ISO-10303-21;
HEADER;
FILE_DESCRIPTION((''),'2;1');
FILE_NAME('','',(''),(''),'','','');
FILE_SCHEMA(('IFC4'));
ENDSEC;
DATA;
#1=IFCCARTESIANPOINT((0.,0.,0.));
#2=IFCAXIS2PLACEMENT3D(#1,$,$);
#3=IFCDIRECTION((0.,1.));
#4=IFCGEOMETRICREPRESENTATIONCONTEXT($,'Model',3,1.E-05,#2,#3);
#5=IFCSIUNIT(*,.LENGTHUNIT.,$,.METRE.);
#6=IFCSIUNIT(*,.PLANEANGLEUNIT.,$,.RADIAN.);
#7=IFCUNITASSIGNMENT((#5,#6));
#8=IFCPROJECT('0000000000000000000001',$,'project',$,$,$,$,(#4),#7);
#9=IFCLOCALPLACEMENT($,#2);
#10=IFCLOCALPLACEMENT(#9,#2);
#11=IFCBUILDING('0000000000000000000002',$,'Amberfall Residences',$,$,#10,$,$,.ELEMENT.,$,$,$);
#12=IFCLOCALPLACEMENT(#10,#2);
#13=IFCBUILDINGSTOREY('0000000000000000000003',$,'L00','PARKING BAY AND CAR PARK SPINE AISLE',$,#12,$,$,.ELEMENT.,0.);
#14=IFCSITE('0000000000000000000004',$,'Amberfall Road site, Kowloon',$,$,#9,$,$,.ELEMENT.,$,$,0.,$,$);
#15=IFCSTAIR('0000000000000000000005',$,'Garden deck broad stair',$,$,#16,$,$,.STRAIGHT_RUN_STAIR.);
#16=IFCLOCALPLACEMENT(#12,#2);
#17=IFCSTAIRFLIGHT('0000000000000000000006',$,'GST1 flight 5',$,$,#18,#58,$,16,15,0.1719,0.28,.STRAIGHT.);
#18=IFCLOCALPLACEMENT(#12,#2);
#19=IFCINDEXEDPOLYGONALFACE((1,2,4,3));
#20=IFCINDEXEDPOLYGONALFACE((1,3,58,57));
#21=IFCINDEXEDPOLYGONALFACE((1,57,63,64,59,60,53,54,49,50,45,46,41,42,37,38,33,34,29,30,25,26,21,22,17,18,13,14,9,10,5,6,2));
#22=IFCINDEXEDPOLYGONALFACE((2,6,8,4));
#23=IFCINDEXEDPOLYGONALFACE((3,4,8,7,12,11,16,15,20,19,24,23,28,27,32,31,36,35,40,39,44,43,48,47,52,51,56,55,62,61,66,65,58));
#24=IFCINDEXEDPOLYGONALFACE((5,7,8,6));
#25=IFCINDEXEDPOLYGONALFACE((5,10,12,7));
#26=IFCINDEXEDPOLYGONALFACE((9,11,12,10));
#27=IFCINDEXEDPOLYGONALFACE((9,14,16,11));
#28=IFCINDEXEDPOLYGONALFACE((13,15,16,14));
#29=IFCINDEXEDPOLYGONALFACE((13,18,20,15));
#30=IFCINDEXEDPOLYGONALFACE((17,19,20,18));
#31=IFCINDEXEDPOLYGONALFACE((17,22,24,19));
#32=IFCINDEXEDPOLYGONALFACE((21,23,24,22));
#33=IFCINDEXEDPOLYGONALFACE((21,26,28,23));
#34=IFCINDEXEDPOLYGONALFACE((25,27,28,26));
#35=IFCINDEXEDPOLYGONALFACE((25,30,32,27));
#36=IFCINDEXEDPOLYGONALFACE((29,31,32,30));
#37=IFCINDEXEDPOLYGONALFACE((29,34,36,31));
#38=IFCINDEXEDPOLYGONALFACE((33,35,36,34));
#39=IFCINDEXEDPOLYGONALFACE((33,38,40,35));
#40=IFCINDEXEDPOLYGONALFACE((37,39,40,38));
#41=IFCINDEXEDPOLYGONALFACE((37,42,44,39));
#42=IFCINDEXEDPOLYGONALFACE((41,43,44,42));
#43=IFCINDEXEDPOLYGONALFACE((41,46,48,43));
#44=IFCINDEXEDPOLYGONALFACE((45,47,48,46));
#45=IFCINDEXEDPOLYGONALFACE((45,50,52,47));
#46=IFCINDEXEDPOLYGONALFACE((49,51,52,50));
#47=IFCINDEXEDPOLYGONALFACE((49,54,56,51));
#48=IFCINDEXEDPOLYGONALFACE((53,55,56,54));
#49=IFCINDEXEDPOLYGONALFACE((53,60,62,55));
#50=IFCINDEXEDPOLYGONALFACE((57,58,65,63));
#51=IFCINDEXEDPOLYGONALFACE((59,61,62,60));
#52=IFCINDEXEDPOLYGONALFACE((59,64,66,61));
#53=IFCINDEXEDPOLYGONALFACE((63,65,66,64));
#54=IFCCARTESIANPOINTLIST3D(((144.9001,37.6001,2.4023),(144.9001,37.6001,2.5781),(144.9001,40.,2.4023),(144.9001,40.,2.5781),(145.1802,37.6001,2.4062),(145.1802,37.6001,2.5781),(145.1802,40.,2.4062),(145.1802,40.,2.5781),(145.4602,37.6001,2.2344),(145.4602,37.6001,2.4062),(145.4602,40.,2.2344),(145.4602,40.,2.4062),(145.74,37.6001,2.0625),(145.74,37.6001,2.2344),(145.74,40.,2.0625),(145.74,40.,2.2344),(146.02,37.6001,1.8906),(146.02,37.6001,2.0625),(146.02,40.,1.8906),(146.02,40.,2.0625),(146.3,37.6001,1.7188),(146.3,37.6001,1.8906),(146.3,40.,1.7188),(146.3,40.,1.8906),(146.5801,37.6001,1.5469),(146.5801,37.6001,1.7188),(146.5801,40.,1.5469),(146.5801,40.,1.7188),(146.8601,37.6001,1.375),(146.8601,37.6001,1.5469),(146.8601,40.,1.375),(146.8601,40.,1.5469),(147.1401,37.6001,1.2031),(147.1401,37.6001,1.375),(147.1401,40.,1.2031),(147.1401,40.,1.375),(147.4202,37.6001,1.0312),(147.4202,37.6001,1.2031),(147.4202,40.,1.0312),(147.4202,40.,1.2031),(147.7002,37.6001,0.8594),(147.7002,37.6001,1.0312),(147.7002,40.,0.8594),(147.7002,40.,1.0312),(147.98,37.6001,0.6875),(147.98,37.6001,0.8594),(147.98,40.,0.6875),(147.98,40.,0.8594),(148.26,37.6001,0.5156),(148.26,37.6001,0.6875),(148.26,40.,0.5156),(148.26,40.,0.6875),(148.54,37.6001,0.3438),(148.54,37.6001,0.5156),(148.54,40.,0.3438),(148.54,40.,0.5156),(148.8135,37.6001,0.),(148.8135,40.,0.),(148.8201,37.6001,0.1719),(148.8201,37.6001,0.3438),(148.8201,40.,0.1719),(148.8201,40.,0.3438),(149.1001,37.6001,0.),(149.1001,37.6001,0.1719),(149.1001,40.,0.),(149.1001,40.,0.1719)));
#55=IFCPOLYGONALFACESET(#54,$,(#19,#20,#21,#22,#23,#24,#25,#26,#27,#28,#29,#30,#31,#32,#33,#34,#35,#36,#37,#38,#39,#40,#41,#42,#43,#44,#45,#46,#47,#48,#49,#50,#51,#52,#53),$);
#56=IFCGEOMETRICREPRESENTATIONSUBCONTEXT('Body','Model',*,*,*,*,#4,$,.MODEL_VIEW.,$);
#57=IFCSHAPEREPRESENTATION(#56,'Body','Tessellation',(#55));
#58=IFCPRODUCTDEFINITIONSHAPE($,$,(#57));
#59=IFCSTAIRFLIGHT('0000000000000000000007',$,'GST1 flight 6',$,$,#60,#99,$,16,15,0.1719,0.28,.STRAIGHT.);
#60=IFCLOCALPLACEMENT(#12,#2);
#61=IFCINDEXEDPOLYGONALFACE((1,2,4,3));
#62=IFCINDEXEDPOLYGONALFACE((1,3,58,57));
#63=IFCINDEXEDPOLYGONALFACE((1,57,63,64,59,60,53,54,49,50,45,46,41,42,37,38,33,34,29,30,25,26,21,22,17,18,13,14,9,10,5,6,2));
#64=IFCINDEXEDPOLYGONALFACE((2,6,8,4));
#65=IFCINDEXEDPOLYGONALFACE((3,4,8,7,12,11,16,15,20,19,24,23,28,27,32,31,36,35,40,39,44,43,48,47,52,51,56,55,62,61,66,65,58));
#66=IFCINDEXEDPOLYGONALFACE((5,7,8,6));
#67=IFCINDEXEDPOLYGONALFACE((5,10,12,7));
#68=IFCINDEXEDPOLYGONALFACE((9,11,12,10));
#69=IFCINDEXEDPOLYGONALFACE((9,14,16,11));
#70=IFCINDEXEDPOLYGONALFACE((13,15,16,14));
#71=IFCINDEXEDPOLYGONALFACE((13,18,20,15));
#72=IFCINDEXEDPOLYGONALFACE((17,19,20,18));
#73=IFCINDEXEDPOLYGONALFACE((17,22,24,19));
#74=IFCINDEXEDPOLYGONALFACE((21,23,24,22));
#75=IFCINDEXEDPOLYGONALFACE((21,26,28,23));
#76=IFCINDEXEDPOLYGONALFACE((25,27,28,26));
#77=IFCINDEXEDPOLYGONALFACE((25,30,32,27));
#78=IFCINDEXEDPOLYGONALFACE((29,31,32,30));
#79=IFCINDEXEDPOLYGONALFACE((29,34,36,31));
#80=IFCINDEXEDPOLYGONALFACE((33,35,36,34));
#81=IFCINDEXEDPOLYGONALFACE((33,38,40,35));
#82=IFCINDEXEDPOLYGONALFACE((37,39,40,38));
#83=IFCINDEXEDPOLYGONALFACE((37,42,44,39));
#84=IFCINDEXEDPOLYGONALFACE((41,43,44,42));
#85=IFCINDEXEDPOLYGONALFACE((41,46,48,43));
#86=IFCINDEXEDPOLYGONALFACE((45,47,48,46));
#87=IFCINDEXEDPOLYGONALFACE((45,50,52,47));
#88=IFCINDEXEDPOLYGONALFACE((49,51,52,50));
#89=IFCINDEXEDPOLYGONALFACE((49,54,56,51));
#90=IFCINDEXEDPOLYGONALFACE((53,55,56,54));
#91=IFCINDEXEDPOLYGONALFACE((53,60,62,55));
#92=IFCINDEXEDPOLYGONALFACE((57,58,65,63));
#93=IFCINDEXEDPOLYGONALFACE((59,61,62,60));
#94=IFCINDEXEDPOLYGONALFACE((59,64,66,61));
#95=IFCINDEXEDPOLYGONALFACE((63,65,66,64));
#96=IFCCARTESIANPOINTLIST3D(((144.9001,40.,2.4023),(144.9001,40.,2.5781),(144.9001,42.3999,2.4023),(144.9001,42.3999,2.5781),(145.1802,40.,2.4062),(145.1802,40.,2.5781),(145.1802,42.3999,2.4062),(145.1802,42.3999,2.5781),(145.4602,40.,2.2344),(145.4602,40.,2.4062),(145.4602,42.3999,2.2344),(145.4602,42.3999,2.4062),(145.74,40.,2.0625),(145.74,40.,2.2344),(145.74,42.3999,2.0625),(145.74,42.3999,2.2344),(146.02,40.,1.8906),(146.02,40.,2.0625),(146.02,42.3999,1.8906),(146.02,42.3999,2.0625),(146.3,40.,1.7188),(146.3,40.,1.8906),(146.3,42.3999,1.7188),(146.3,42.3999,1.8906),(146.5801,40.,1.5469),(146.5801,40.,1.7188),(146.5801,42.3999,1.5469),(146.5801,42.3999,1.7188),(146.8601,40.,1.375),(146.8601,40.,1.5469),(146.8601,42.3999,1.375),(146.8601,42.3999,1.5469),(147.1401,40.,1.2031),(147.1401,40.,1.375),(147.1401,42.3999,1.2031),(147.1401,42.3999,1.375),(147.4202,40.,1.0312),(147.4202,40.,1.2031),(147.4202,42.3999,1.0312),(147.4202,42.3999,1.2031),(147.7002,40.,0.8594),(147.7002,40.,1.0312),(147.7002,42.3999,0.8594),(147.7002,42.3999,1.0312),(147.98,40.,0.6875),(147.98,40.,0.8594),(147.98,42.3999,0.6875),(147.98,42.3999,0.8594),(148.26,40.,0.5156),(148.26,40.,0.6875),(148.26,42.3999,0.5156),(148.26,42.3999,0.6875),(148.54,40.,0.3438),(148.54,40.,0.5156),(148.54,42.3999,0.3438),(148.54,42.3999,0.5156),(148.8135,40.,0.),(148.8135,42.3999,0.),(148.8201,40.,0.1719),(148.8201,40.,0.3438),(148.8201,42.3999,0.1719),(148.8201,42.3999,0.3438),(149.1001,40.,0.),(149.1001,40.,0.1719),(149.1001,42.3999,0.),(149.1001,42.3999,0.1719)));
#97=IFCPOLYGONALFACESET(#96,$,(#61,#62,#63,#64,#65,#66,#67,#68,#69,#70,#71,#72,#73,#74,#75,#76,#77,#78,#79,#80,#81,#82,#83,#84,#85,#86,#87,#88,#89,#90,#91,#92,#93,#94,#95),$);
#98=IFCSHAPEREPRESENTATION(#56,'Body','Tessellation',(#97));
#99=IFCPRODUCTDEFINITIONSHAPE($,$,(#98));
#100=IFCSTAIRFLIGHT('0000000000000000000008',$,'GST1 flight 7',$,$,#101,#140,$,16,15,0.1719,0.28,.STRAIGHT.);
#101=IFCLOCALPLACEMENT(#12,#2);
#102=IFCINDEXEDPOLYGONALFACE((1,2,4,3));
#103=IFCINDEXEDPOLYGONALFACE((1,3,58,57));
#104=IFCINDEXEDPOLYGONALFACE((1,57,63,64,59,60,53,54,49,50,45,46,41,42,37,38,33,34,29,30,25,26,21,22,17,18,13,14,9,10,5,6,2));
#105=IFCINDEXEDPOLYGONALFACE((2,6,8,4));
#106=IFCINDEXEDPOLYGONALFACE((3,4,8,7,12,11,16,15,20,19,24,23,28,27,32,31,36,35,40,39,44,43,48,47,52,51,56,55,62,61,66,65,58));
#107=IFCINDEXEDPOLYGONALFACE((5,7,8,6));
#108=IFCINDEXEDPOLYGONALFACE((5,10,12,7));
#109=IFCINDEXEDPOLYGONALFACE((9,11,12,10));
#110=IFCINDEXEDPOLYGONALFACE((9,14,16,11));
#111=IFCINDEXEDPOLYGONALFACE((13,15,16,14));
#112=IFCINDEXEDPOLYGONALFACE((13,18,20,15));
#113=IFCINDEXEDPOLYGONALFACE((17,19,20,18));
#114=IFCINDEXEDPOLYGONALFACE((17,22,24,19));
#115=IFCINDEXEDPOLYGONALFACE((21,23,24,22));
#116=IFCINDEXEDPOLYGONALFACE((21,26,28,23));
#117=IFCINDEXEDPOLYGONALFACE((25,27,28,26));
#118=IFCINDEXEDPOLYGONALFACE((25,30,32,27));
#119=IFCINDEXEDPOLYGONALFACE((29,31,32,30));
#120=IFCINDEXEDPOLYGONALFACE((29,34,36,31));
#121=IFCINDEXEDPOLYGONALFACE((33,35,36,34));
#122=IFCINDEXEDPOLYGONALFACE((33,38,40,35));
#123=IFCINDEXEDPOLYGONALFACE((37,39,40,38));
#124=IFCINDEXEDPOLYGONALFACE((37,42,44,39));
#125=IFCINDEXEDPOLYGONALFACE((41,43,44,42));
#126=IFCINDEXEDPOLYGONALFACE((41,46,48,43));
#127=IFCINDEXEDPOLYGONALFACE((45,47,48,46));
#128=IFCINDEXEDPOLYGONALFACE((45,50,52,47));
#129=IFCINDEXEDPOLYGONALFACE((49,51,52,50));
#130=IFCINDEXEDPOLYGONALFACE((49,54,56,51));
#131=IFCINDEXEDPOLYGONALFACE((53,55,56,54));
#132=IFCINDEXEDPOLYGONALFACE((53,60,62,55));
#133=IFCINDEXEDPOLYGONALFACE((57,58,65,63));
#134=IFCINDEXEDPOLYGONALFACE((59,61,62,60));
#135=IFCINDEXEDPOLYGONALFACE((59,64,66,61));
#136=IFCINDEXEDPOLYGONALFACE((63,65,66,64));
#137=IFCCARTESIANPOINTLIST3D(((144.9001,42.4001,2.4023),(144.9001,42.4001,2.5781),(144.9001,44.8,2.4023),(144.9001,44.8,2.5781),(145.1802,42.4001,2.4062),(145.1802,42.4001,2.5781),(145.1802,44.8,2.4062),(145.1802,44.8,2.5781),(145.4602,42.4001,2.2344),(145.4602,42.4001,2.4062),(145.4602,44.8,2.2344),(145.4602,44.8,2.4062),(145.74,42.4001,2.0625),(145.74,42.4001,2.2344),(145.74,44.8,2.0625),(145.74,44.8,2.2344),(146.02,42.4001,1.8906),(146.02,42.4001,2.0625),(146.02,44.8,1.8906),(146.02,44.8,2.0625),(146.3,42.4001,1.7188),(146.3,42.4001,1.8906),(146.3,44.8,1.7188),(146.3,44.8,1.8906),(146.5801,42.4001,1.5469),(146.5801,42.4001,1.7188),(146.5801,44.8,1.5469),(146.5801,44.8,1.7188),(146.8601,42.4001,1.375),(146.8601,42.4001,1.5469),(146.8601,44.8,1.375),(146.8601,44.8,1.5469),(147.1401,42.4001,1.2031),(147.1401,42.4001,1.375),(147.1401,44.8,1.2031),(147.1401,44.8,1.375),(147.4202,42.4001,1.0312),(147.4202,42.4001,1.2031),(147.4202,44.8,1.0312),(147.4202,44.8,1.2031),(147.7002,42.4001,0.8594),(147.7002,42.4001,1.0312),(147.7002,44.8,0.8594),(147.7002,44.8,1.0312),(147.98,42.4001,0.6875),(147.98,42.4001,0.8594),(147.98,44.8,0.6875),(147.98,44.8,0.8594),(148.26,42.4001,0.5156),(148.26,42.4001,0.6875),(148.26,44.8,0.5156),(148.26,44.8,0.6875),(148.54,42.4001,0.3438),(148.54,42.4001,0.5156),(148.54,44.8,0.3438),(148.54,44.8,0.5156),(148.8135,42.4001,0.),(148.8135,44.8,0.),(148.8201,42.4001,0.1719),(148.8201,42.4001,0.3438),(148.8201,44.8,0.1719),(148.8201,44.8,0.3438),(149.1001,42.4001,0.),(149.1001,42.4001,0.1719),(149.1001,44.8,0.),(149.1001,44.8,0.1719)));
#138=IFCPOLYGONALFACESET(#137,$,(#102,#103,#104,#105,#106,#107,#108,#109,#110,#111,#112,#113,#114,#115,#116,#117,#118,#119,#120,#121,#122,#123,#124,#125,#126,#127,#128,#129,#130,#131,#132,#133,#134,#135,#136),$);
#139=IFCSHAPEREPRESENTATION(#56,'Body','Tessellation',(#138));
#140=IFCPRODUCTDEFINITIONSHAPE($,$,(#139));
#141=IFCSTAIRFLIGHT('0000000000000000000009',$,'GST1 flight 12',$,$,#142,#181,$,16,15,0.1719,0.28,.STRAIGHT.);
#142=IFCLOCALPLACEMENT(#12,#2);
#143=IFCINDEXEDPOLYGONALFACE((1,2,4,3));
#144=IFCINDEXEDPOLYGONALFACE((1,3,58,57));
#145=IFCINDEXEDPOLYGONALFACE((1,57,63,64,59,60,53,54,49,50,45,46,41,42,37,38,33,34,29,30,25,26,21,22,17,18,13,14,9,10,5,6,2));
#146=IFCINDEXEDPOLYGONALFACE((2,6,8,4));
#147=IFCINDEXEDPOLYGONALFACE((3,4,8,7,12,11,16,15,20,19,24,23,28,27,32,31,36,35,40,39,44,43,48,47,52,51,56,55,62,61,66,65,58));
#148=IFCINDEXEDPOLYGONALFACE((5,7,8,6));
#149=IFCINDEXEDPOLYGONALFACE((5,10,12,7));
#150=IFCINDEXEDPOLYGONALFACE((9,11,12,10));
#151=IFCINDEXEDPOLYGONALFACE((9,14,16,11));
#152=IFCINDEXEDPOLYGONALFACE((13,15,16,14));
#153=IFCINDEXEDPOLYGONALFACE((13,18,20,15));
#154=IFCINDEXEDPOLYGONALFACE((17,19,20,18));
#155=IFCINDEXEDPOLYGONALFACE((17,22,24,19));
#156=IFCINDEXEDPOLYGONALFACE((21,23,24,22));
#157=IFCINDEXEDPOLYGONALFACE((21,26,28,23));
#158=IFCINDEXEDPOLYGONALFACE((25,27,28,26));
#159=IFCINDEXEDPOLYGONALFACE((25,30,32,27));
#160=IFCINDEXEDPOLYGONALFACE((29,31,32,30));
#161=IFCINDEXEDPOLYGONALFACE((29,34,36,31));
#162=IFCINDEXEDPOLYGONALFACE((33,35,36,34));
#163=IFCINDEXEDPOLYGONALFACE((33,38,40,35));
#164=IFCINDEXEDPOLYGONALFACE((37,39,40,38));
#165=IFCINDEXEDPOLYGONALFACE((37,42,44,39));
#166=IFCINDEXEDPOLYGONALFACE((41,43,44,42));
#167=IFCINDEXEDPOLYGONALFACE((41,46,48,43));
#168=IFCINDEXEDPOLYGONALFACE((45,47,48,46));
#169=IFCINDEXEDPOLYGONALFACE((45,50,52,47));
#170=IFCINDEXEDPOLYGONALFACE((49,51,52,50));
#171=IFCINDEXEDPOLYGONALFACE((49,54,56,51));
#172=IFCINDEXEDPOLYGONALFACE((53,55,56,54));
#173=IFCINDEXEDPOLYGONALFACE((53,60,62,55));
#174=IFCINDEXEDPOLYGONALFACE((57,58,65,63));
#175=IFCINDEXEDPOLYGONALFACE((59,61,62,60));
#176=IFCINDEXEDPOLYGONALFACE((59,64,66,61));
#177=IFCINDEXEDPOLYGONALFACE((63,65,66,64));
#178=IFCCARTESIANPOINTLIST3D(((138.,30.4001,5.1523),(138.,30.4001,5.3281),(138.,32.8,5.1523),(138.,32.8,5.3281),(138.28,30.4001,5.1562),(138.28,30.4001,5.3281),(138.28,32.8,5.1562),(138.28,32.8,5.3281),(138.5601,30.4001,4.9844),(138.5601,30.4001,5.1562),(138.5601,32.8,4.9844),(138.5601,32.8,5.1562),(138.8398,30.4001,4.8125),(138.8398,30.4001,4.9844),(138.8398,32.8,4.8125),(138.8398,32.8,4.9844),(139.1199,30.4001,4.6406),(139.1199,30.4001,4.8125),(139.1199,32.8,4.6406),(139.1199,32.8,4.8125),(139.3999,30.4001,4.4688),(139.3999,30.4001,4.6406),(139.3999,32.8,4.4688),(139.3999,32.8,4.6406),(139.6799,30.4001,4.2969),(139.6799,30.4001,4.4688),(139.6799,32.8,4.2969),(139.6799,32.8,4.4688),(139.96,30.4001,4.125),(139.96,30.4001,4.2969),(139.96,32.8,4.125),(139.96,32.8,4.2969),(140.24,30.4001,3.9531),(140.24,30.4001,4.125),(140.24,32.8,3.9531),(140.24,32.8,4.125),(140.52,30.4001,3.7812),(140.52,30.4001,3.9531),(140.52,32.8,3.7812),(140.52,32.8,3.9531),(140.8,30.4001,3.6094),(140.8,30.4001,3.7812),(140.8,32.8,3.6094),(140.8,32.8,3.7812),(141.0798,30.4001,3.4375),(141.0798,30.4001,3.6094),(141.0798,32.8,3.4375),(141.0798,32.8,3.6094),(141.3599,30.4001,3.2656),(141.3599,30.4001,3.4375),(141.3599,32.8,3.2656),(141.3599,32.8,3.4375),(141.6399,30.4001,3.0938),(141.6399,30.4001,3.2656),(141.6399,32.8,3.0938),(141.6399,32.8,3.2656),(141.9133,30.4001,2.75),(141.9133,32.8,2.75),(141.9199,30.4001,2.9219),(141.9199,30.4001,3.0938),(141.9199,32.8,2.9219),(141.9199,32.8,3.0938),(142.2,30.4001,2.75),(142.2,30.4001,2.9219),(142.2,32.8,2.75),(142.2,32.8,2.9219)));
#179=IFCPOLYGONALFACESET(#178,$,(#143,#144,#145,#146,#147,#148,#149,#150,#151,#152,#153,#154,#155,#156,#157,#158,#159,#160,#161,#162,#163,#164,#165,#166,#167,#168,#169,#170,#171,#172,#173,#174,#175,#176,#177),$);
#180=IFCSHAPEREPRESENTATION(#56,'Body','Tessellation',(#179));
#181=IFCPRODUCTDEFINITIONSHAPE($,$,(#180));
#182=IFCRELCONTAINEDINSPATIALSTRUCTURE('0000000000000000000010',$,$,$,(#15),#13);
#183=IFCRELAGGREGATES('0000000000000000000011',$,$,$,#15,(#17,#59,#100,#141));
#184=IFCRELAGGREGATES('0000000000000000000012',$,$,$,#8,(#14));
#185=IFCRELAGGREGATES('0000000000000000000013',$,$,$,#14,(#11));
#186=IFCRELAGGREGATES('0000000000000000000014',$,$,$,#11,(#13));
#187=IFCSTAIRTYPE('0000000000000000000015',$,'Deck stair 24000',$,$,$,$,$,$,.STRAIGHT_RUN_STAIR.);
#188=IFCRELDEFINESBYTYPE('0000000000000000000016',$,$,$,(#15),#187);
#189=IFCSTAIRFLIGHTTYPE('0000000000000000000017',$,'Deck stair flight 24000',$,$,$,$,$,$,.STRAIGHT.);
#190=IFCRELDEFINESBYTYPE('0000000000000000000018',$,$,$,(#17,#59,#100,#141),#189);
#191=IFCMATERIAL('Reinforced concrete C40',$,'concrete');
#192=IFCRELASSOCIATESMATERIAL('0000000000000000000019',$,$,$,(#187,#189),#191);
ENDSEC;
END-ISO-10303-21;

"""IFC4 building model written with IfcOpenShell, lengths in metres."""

from ifc_helpers import new_model, si_unit, direction, frame, origin, place, context, subcontext, project, spatial, polyline, outline, extrude, material, type_object, element, aggregate, save


model = new_model("IFC4")

# Units and contexts
model_context = context("Model", 3, precision=1e-05, world=origin(), true_north=direction((0.0, 1.0)))
body_context = subcontext(model_context, "Body", "Model", "MODEL_VIEW")
ifc_project = project(units=[si_unit("LENGTHUNIT", "METRE"), si_unit("PLANEANGLEUNIT", "RADIAN")], contexts=[model_context])

# Site, building, storey
site_placement = place(None, origin())
site = spatial("IfcSite", under=ifc_project, at=site_placement, Name="Amberfall Road site, Kowloon", CompositionType="ELEMENT", RefElevation=0.0)
building_placement = place(site_placement, origin())
building = spatial("IfcBuilding", under=site, at=building_placement, Name="Amberfall Residences", CompositionType="ELEMENT")
storey_placement = place(building_placement, origin())
storey = spatial("IfcBuildingStorey", under=building, at=storey_placement, Name="L00", Description="PARKING BAY AND CAR PARK SPINE AISLE", CompositionType="ELEMENT", Elevation=0.0)

# Shared definitions
ifc_material_1 = material(Name="Reinforced concrete C40", Category="concrete")

# Stair, stair flights
stair_type = type_object("IfcStairType", Name="Deck stair 24000", PredefinedType="STRAIGHT_RUN_STAIR", material=ifc_material_1)
stair_placement = place(storey_placement, origin())
stair = element("IfcStair", 1, at=stair_placement, inside=storey, type_object=stair_type, Name="Garden deck broad stair", PredefinedType="STRAIGHT_RUN_STAIR")
stair_flight_type = type_object("IfcStairFlightType", Name="Deck stair flight 24000", PredefinedType="STRAIGHT", material=ifc_material_1)
stair_flight_1_placement = place(storey_placement, frame((149.1001, 38.8, 0.0), z_axis=(0.0, 0.0, 1.0), x_axis=(-1.0, 0.0, 0.0)))
stair_flight_1 = element("IfcStairFlight", 2, at=stair_flight_1_placement, type_object=stair_flight_type, Name="GST1 flight 5", NumberOfRisers=16, NumberOfTreads=15, PredefinedType="STRAIGHT", RiserHeight=0.1719, TreadLength=0.28, context=body_context, shape_type="SweptSolid", body=[
    extrude(outline(polyline([(0.0, 0.0), (0.0, 0.1719), (0.28, 0.1719), (0.28, 0.3438), (0.5601, 0.3438), (0.5601, 0.5156), (0.8401, 0.5156), (0.8401, 0.6875), (1.1201, 0.6875), (1.1201, 0.8594), (1.3999, 0.8594), (1.3999, 1.0312), (1.6799, 1.0312), (1.6799, 1.2031), (1.96, 1.2031), (1.96, 1.375), (2.24, 1.375), (2.24, 1.5469), (2.52, 1.5469), (2.52, 1.7188), (2.8, 1.7188), (2.8, 1.8906), (3.0801, 1.8906), (3.0801, 2.0625), (3.3601, 2.0625), (3.3601, 2.2344), (3.6399, 2.2344), (3.6399, 2.4062), (3.9199, 2.4062), (3.9199, 2.5781), (4.2, 2.5781), (4.2, 2.75), (4.2, 2.4023), (0.2866, 0.0), (0.0, 0.0)])), frame((0.0, 1.2, 0.0), z_axis=(0.0, -1.0, 0.0), x_axis=(1.0, 0.0, 0.0)), (0.0, 0.0, 1.0), 2.3999),
])
stair_flight_2_placement = place(storey_placement, frame((149.1001, 41.2, 0.0), z_axis=(0.0, 0.0, 1.0), x_axis=(-1.0, 0.0, 0.0)))
stair_flight_2 = element("IfcStairFlight", 3, at=stair_flight_2_placement, type_object=stair_flight_type, Name="GST1 flight 6", NumberOfRisers=16, NumberOfTreads=15, PredefinedType="STRAIGHT", RiserHeight=0.1719, TreadLength=0.28, context=body_context, shape_type="SweptSolid", body=[
    extrude(outline(polyline([(0.0, 0.0), (0.0, 0.1719), (0.28, 0.1719), (0.28, 0.3438), (0.5601, 0.3438), (0.5601, 0.5156), (0.8401, 0.5156), (0.8401, 0.6875), (1.1201, 0.6875), (1.1201, 0.8594), (1.3999, 0.8594), (1.3999, 1.0312), (1.6799, 1.0312), (1.6799, 1.2031), (1.96, 1.2031), (1.96, 1.375), (2.24, 1.375), (2.24, 1.5469), (2.52, 1.5469), (2.52, 1.7188), (2.8, 1.7188), (2.8, 1.8906), (3.0801, 1.8906), (3.0801, 2.0625), (3.3601, 2.0625), (3.3601, 2.2344), (3.6399, 2.2344), (3.6399, 2.4062), (3.9199, 2.4062), (3.9199, 2.5781), (4.2, 2.5781), (4.2, 2.75), (4.2, 2.4023), (0.2866, 0.0), (0.0, 0.0)])), frame((0.0, 1.2, 0.0), z_axis=(0.0, -1.0, 0.0), x_axis=(1.0, 0.0, 0.0)), (0.0, 0.0, 1.0), 2.3999),
])
stair_flight_3_placement = place(storey_placement, frame((149.1001, 43.6001, 0.0), z_axis=(0.0, 0.0, 1.0), x_axis=(-1.0, 0.0, 0.0)))
stair_flight_3 = element("IfcStairFlight", 4, at=stair_flight_3_placement, type_object=stair_flight_type, Name="GST1 flight 7", NumberOfRisers=16, NumberOfTreads=15, PredefinedType="STRAIGHT", RiserHeight=0.1719, TreadLength=0.28, context=body_context, shape_type="SweptSolid", body=[
    extrude(outline(polyline([(0.0, 0.0), (0.0, 0.1719), (0.28, 0.1719), (0.28, 0.3438), (0.5601, 0.3438), (0.5601, 0.5156), (0.8401, 0.5156), (0.8401, 0.6875), (1.1201, 0.6875), (1.1201, 0.8594), (1.3999, 0.8594), (1.3999, 1.0312), (1.6799, 1.0312), (1.6799, 1.2031), (1.96, 1.2031), (1.96, 1.375), (2.24, 1.375), (2.24, 1.5469), (2.52, 1.5469), (2.52, 1.7188), (2.8, 1.7188), (2.8, 1.8906), (3.0801, 1.8906), (3.0801, 2.0625), (3.3601, 2.0625), (3.3601, 2.2344), (3.6399, 2.2344), (3.6399, 2.4062), (3.9199, 2.4062), (3.9199, 2.5781), (4.2, 2.5781), (4.2, 2.75), (4.2, 2.4023), (0.2866, 0.0), (0.0, 0.0)])), frame((0.0, 1.2, 0.0), z_axis=(0.0, -1.0, 0.0), x_axis=(1.0, 0.0, 0.0)), (0.0, 0.0, 1.0), 2.3999),
])
stair_flight_4_placement = place(storey_placement, frame((142.2, 31.6001, 2.75), z_axis=(0.0, 0.0, 1.0), x_axis=(-1.0, 0.0, 0.0)))
stair_flight_4 = element("IfcStairFlight", 5, at=stair_flight_4_placement, type_object=stair_flight_type, Name="GST1 flight 12", NumberOfRisers=16, NumberOfTreads=15, PredefinedType="STRAIGHT", RiserHeight=0.1719, TreadLength=0.28, context=body_context, shape_type="SweptSolid", body=[
    extrude(outline(polyline([(0.0, 0.0), (0.0, 0.1719), (0.28, 0.1719), (0.28, 0.3438), (0.5601, 0.3438), (0.5601, 0.5156), (0.8401, 0.5156), (0.8401, 0.6875), (1.1201, 0.6875), (1.1201, 0.8594), (1.3999, 0.8594), (1.3999, 1.0312), (1.6799, 1.0312), (1.6799, 1.2031), (1.96, 1.2031), (1.96, 1.375), (2.24, 1.375), (2.24, 1.5469), (2.52, 1.5469), (2.52, 1.7188), (2.8, 1.7188), (2.8, 1.8906), (3.0801, 1.8906), (3.0801, 2.0625), (3.3601, 2.0625), (3.3601, 2.2344), (3.6399, 2.2344), (3.6399, 2.4062), (3.9199, 2.4062), (3.9199, 2.5781), (4.2, 2.5781), (4.2, 2.75), (4.2, 2.4023), (0.2866, 0.0), (0.0, 0.0)])), frame((0.0, 1.2, 0.0), z_axis=(0.0, -1.0, 0.0), x_axis=(1.0, 0.0, 0.0)), (0.0, 0.0, 1.0), 2.3999),
])
aggregate(stair, [stair_flight_1, stair_flight_2, stair_flight_3, stair_flight_4])

save(model, "model.ifc")
